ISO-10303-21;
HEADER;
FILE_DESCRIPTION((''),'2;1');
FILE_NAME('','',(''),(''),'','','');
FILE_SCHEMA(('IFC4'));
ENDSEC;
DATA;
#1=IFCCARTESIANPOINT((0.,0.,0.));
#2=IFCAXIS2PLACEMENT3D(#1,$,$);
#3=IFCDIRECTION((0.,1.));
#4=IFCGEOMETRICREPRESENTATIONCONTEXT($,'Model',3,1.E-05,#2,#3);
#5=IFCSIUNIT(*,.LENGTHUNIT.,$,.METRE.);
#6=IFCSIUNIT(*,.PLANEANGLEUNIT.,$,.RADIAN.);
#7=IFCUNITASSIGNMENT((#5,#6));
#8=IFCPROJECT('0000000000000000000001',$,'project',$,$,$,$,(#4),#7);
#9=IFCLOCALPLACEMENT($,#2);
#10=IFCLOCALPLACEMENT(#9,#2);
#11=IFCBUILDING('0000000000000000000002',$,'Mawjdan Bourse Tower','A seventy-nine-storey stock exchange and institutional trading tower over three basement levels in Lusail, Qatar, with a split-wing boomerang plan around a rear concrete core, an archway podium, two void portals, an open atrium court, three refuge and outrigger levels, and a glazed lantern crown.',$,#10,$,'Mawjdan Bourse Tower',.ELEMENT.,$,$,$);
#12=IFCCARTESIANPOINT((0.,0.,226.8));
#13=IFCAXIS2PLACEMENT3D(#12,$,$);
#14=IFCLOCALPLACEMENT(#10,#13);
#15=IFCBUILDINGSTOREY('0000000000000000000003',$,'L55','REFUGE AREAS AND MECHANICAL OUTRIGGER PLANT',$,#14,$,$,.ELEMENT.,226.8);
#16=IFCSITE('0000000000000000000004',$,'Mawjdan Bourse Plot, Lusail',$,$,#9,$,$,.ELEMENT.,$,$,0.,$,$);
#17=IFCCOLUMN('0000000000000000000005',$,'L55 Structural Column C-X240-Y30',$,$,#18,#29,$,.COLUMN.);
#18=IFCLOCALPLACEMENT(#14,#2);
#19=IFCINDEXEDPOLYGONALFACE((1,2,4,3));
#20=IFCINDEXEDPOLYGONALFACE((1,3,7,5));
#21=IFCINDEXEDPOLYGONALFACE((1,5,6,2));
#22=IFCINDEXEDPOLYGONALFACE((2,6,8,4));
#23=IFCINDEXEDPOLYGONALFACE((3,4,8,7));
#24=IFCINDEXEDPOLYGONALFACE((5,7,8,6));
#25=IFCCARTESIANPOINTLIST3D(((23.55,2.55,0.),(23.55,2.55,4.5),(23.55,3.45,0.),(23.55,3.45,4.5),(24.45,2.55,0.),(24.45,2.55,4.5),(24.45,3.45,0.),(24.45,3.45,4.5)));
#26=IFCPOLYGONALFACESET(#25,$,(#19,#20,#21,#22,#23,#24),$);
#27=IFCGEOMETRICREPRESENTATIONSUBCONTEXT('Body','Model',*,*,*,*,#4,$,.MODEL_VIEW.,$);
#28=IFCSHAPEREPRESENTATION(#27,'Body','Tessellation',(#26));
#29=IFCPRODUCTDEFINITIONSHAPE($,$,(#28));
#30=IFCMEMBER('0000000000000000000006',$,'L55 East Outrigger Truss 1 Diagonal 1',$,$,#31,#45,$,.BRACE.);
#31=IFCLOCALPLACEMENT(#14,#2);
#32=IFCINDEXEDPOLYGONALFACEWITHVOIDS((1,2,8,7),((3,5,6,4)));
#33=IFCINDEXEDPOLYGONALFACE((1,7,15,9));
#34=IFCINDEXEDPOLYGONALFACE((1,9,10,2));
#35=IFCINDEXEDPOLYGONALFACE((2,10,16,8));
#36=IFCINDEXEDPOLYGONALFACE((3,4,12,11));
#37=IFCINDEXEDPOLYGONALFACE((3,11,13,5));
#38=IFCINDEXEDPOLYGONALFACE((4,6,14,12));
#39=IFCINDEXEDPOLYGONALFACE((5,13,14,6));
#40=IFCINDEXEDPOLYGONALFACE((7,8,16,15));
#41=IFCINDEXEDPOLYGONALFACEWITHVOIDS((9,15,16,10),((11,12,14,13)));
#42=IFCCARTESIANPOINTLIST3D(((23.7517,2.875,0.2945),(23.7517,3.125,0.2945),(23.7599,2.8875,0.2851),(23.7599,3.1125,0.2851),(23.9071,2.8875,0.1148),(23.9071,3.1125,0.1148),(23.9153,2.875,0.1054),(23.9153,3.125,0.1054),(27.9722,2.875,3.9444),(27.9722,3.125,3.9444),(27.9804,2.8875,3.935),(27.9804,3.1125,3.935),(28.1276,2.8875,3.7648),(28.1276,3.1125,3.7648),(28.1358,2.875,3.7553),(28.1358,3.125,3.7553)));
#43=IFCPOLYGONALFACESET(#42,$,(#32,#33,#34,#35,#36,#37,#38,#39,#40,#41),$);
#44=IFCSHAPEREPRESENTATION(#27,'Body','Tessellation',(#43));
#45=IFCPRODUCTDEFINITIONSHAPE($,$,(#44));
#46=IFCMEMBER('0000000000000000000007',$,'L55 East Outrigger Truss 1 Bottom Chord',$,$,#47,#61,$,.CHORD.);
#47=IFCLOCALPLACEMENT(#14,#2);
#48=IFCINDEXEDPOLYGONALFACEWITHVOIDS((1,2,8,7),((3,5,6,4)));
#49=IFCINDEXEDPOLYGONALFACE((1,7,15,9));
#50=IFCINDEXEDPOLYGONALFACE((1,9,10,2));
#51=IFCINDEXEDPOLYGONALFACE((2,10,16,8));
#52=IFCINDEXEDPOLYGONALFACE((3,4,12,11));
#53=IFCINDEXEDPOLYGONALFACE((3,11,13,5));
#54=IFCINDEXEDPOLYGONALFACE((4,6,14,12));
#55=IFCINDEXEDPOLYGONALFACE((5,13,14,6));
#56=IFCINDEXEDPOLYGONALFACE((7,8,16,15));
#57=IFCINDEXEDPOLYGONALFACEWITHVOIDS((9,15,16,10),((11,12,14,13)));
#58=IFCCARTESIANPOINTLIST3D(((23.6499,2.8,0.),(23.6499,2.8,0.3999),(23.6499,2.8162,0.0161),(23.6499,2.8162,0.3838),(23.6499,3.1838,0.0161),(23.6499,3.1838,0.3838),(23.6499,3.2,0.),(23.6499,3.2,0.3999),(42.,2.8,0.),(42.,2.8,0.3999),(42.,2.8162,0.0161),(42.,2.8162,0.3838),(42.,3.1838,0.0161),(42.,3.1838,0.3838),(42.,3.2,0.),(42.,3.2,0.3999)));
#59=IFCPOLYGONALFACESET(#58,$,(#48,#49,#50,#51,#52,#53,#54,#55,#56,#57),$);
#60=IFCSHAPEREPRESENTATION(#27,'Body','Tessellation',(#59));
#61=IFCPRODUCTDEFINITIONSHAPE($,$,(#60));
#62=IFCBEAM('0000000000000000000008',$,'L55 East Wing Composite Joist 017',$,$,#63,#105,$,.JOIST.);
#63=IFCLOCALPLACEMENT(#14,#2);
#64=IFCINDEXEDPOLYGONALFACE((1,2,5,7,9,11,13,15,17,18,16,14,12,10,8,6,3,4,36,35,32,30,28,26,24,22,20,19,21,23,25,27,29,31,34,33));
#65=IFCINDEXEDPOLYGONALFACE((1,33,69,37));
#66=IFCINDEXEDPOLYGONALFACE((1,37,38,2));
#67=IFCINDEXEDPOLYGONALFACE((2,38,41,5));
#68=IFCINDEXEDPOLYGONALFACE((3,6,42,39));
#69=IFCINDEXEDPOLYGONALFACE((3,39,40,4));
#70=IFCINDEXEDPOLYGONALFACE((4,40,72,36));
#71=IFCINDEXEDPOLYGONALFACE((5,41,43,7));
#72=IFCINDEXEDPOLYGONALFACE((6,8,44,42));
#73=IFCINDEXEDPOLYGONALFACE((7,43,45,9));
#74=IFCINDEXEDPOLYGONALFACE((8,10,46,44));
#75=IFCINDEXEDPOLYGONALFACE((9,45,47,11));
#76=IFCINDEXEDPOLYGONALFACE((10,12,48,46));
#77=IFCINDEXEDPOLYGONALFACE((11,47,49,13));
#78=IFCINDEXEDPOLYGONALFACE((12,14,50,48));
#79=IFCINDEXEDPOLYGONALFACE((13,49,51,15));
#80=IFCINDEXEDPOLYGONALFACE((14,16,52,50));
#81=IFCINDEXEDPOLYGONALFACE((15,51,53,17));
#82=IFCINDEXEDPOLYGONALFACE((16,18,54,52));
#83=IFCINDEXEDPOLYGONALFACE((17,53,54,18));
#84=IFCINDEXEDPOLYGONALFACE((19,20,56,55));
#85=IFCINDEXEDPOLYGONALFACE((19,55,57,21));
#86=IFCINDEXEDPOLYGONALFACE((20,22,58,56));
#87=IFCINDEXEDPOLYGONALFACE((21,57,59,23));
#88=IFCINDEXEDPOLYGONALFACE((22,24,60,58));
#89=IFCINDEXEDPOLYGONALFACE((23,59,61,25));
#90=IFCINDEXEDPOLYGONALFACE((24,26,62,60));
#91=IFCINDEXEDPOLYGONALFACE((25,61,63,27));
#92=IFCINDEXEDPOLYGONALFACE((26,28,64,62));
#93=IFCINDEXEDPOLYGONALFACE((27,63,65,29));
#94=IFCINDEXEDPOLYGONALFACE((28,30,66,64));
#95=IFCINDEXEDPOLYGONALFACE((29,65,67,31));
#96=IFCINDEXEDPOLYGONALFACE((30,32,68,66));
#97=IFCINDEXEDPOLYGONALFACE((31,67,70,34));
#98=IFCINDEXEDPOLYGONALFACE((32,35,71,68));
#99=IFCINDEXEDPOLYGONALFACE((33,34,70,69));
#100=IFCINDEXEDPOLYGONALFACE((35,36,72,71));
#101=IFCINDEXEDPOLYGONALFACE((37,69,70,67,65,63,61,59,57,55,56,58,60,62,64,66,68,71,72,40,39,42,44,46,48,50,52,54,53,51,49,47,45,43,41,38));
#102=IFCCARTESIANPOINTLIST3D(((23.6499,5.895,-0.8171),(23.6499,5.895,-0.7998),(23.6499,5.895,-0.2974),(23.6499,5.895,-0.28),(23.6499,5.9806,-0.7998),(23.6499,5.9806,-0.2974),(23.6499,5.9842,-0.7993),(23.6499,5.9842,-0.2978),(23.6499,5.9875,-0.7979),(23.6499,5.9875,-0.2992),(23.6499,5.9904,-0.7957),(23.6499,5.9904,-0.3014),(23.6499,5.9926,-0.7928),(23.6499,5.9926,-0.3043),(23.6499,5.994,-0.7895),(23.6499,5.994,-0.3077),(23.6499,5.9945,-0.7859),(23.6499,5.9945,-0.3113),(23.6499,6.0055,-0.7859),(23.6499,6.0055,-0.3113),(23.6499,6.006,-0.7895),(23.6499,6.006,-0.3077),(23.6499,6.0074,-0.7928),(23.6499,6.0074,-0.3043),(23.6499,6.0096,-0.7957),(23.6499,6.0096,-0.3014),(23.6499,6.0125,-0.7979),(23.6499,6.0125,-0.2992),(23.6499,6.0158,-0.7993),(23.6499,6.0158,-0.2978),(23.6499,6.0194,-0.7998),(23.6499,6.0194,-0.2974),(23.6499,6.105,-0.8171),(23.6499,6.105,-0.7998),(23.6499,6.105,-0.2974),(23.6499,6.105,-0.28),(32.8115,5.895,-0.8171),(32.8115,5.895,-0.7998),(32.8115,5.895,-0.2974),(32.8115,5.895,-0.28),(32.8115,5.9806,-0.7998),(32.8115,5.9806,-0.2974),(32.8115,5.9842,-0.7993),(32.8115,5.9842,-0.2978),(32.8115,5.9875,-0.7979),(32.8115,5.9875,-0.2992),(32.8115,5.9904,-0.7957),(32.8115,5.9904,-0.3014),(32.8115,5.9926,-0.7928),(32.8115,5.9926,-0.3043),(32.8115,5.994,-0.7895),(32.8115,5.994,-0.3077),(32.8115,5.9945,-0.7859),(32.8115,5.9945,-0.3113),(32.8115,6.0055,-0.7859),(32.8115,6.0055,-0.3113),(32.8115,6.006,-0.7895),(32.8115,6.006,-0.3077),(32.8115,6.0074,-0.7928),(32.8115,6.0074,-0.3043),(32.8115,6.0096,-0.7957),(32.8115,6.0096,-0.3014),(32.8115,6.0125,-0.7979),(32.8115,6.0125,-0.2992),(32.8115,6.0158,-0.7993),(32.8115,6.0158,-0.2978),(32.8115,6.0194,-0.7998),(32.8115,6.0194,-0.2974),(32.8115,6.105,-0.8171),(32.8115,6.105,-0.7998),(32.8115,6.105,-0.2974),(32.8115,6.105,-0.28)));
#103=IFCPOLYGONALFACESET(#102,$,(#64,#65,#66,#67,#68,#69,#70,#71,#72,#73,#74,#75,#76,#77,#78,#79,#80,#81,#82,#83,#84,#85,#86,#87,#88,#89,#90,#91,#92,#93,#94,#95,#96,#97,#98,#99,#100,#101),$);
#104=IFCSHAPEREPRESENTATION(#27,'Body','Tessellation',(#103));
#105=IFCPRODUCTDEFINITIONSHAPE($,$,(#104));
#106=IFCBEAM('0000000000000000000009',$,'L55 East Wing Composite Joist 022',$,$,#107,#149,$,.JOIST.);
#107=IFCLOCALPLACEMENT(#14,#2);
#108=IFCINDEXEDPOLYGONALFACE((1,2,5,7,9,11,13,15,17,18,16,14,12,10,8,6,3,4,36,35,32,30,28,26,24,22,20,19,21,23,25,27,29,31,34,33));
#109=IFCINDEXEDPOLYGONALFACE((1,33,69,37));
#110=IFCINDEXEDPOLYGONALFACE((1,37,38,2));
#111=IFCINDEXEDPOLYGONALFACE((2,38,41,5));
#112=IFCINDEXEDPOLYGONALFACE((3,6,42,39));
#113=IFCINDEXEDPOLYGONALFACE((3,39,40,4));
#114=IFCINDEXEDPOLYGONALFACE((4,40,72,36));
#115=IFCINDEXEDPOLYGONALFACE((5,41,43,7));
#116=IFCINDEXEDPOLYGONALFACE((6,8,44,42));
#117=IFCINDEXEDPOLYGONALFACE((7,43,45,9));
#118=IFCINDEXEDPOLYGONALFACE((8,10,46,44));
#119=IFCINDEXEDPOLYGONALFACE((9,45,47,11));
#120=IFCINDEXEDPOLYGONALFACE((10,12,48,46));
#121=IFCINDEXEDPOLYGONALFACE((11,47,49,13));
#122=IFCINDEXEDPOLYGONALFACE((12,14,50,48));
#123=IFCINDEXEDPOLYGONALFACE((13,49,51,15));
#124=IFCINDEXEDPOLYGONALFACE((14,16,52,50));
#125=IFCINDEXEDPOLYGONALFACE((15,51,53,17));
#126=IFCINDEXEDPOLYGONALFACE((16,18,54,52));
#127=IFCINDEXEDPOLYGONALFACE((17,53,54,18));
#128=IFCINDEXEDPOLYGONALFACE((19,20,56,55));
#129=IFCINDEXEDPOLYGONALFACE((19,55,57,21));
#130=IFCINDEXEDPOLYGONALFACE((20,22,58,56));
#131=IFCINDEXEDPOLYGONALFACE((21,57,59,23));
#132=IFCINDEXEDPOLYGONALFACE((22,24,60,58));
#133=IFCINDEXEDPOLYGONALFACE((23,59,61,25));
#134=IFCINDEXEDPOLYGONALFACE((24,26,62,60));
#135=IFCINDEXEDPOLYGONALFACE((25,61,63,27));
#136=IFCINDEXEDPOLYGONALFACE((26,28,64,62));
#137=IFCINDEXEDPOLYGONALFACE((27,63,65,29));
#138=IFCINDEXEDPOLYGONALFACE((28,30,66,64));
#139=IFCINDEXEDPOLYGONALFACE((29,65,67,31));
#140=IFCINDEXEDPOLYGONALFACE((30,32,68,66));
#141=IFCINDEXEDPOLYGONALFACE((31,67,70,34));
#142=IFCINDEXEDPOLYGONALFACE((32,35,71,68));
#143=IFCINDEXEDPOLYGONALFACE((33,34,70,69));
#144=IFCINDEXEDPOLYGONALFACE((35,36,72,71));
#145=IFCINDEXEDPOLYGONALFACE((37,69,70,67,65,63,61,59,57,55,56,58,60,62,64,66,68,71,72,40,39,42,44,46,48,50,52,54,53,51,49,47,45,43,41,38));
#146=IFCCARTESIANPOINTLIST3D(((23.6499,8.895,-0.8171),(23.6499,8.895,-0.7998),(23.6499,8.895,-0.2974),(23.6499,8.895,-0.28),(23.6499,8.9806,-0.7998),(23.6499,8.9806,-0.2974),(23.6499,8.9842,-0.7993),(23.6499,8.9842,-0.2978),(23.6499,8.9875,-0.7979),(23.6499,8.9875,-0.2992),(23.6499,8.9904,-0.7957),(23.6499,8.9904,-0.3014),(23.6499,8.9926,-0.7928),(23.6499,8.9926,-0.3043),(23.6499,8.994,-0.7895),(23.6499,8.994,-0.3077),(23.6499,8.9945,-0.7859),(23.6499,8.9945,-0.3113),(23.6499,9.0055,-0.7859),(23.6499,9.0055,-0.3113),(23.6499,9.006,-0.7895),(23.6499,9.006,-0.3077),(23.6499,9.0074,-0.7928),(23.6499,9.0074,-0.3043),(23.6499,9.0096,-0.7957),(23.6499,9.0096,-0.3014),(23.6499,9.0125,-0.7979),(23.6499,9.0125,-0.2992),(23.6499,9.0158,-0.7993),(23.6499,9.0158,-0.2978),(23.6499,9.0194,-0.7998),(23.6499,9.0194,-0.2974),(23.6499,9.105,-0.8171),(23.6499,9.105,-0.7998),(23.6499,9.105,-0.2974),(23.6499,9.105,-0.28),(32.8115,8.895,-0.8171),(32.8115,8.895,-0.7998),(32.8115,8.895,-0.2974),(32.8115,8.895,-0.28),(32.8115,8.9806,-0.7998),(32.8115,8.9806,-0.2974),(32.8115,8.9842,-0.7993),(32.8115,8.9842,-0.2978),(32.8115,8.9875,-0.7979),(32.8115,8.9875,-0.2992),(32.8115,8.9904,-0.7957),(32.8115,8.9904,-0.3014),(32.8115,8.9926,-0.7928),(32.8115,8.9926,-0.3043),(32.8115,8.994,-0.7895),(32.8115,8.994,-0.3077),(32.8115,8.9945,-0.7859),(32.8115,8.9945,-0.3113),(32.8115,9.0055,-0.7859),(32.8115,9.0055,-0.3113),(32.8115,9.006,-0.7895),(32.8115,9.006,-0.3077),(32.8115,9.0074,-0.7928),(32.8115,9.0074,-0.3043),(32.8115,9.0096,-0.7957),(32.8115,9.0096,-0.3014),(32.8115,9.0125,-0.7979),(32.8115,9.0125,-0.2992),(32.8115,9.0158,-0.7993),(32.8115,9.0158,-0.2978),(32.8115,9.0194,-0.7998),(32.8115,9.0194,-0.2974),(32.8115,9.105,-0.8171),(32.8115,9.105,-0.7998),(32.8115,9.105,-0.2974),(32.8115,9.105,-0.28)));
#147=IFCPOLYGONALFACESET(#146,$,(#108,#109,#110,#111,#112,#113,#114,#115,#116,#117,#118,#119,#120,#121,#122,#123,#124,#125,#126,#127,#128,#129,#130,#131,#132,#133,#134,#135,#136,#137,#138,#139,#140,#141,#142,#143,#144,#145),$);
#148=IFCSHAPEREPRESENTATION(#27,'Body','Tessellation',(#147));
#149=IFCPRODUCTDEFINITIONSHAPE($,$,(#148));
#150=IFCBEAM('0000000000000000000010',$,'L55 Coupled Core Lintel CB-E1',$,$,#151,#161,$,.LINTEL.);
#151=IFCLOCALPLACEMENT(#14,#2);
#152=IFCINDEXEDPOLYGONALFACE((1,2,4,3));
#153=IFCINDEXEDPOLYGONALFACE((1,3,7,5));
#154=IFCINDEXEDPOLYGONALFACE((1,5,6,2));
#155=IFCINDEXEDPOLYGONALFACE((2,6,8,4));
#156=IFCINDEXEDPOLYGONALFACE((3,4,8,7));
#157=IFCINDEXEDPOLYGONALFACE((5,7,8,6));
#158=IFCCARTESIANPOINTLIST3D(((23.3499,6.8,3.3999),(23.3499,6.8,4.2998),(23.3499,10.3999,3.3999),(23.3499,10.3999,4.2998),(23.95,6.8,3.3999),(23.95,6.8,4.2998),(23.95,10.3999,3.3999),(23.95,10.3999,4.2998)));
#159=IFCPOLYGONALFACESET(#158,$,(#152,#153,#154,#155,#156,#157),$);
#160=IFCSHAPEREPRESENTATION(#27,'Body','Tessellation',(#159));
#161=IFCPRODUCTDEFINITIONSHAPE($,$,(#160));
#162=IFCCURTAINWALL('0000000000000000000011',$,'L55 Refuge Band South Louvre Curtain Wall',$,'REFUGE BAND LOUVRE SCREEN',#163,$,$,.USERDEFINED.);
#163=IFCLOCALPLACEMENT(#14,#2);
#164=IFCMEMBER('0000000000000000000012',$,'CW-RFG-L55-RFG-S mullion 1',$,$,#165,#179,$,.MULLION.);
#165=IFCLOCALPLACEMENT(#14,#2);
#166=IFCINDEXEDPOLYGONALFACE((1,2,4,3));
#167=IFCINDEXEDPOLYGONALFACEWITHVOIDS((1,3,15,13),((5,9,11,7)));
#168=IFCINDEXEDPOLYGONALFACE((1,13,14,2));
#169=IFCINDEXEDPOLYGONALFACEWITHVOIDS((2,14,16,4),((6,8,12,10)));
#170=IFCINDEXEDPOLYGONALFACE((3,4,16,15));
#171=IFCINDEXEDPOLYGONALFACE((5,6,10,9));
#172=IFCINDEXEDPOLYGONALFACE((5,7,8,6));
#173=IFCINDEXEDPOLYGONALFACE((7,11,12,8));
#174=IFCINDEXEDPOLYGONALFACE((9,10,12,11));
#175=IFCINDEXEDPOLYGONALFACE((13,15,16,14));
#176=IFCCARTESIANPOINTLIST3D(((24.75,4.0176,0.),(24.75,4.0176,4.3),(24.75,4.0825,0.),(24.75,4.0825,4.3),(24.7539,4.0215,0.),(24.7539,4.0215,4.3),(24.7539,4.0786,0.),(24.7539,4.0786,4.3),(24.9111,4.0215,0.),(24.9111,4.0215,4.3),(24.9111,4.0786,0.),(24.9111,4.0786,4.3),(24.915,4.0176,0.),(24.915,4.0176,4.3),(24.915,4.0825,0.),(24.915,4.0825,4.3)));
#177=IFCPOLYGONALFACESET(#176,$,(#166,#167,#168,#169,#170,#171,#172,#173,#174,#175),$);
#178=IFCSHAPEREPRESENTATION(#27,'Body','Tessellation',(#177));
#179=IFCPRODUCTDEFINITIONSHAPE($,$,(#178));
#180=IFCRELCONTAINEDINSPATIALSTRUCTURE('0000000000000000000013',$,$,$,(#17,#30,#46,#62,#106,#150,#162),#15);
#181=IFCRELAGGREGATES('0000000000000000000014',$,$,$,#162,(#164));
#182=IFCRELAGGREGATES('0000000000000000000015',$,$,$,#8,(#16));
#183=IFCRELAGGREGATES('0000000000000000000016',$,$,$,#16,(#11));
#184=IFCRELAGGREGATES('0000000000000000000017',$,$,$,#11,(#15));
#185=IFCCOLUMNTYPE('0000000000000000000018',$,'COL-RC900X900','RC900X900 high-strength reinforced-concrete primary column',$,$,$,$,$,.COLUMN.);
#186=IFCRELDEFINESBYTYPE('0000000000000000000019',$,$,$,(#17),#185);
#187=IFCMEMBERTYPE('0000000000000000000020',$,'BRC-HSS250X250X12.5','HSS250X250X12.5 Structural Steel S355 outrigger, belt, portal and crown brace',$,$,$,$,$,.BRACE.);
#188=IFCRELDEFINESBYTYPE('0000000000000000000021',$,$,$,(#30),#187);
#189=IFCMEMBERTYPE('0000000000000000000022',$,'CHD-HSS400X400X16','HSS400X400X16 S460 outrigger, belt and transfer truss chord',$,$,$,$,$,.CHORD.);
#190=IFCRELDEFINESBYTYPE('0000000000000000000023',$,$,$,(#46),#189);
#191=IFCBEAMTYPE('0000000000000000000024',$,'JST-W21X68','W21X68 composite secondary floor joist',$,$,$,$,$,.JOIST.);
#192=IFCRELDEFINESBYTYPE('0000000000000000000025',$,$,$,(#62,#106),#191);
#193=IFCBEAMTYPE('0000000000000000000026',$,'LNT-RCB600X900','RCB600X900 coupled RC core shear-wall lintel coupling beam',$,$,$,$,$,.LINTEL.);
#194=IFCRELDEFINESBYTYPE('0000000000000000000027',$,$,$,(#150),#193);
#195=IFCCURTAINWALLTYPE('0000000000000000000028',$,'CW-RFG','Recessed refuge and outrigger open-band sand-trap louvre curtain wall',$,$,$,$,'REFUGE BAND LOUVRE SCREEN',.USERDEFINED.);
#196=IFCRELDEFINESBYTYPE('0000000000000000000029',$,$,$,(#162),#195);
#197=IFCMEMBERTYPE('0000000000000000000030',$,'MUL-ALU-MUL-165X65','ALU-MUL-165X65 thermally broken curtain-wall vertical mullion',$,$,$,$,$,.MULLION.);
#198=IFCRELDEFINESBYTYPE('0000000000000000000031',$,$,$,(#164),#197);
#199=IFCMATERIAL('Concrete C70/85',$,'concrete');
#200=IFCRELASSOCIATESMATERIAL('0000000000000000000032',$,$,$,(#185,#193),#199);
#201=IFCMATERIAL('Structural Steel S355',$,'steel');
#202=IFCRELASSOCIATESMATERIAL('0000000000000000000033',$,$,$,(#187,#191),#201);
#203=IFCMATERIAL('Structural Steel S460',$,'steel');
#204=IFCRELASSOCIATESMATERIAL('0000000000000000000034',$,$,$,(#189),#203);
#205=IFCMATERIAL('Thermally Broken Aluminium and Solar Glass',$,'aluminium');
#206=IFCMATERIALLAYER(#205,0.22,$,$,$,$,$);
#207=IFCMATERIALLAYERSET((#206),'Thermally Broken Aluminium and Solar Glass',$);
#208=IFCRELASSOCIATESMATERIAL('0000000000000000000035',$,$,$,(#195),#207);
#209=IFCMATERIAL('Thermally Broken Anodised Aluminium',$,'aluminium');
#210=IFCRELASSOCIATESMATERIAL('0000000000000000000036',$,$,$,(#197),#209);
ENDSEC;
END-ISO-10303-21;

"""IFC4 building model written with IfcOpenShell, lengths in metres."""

from ifc_helpers import new_model, si_unit, direction, frame, origin, origin_2d, place, context, subcontext, project, spatial, rectangle, hollow_rectangle, i_section, extrude, material, layer, layer_set, material_profile, profile_set, type_object, element, aggregate, save


model = new_model("IFC4")

# Units and contexts
model_context = context("Model", 3, precision=1e-05, world=origin(), true_north=direction((0.0, 1.0)))
body_context = subcontext(model_context, "Body", "Model", "MODEL_VIEW")
ifc_project = project(units=[si_unit("LENGTHUNIT", "METRE"), si_unit("PLANEANGLEUNIT", "RADIAN")], contexts=[model_context])

# Site, building, storey
site_placement = place(None, origin())
site = spatial("IfcSite", under=ifc_project, at=site_placement, Name="Mawjdan Bourse Plot, Lusail", CompositionType="ELEMENT", RefElevation=0.0)
building_placement = place(site_placement, origin())
building = spatial("IfcBuilding", under=site, at=building_placement, Name="Mawjdan Bourse Tower", Description="A seventy-nine-storey stock exchange and institutional trading tower over three basement levels in Lusail, Qatar, with a split-wing boomerang plan around a rear concrete core, an archway podium, two void portals, an open atrium court, three refuge and outrigger levels, and a glazed lantern crown.", LongName="Mawjdan Bourse Tower", CompositionType="ELEMENT")
storey_placement = place(building_placement, frame((0.0, 0.0, 226.8)))
storey = spatial("IfcBuildingStorey", under=building, at=storey_placement, Name="L55", Description="REFUGE AREAS AND MECHANICAL OUTRIGGER PLANT", CompositionType="ELEMENT", Elevation=226.8)

# Column
ifc_material_1 = material(Name="Concrete C70/85", Category="concrete")
ifc_material_profile_1 = material_profile(ifc_material_1, rectangle(XDim=0.8999, YDim=0.8999, at=origin_2d()), Name="RC900X900")
ifc_profile_set_1 = profile_set([ifc_material_profile_1], Name="Concrete C70/85")
column_type = type_object("IfcColumnType", Name="COL-RC900X900", Description="RC900X900 high-strength reinforced-concrete primary column", PredefinedType="COLUMN", material=ifc_profile_set_1)
column_placement = place(storey_placement, frame((24.0, 3.0, 0.0), z_axis=(0.0, 0.0, 1.0), x_axis=(1.0, 0.0, 0.0)))
element("IfcColumn", 1, at=column_placement, inside=storey, type_object=column_type, Name="L55 Structural Column C-X240-Y30", PredefinedType="COLUMN", context=body_context, shape_type="SweptSolid", body=[
    extrude(rectangle(XDim=0.8999, YDim=0.8999, at=origin_2d()), origin(), (0.0, 0.0, 1.0), 4.5),
])

# Members
ifc_material_2 = material(Name="Structural Steel S355", Category="steel")
ifc_material_profile_2 = material_profile(ifc_material_2, hollow_rectangle(XDim=0.25, YDim=0.25, WallThickness=0.0125, at=origin_2d()), Name="HSS250X250X12.5")
ifc_profile_set_2 = profile_set([ifc_material_profile_2], Name="Structural Steel S355")
member_type_1 = type_object("IfcMemberType", Name="BRC-HSS250X250X12.5", Description="HSS250X250X12.5 Structural Steel S355 outrigger, belt, portal and crown brace", PredefinedType="BRACE", material=ifc_profile_set_2)
member_1_placement = place(storey_placement, frame((23.8335, 3.0, 0.2), z_axis=(0.756383, 0.0, 0.654129), x_axis=(0.0, 1.0, 0.0)))
element("IfcMember", 2, at=member_1_placement, inside=storey, type_object=member_type_1, Name="L55 East Outrigger Truss 1 Diagonal 1", PredefinedType="BRACE", context=body_context, shape_type="SweptSolid", body=[
    extrude(hollow_rectangle(XDim=0.25, YDim=0.25, WallThickness=0.0125, at=origin_2d()), origin(), (0.0, 0.0, 1.0), 5.5798),
])
ifc_material_3 = material(Name="Structural Steel S460", Category="steel")
ifc_material_profile_3 = material_profile(ifc_material_3, hollow_rectangle(XDim=0.3999, YDim=0.3999, WallThickness=0.0161, at=origin_2d()), Name="HSS400X400X16")
ifc_profile_set_3 = profile_set([ifc_material_profile_3], Name="Structural Steel S460")
member_type_2 = type_object("IfcMemberType", Name="CHD-HSS400X400X16", Description="HSS400X400X16 S460 outrigger, belt and transfer truss chord", PredefinedType="CHORD", material=ifc_profile_set_3)
member_2_placement = place(storey_placement, frame((23.6499, 3.0, 0.2), z_axis=(1.0, 0.0, 0.0), x_axis=(0.0, 1.0, 0.0)))
element("IfcMember", 3, at=member_2_placement, inside=storey, type_object=member_type_2, Name="L55 East Outrigger Truss 1 Bottom Chord", PredefinedType="CHORD", context=body_context, shape_type="SweptSolid", body=[
    extrude(hollow_rectangle(XDim=0.3999, YDim=0.3999, WallThickness=0.0161, at=origin_2d()), origin(), (0.0, 0.0, 1.0), 18.3501),
])

# Beams
ifc_material_profile_4 = material_profile(ifc_material_2, i_section(OverallWidth=0.21, OverallDepth=0.5371, WebThickness=0.011, FlangeThickness=0.0173, FilletRadius=0.0139, at=origin_2d()), Name="W21X68")
ifc_profile_set_4 = profile_set([ifc_material_profile_4], Name="Structural Steel S355")
beam_type_1 = type_object("IfcBeamType", Name="JST-W21X68", Description="W21X68 composite secondary floor joist", PredefinedType="JOIST", material=ifc_profile_set_4)
for number, where, z_axis, x_axis, name in (
    (4, (23.6499, 6.0, -0.5486), (1.0, 0.0, 0.0), (0.0, 1.0, 0.0), "L55 East Wing Composite Joist 017"),
    (5, (23.6499, 9.0, -0.5486), (1.0, 0.0, 0.0), (0.0, 1.0, 0.0), "L55 East Wing Composite Joist 022"),
):
    element("IfcBeam", number, at=place(storey_placement, frame(where, z_axis=z_axis, x_axis=x_axis)), inside=storey, type_object=beam_type_1, Name=name, PredefinedType="JOIST", context=body_context, shape_type="SweptSolid", body=[
        extrude(i_section(OverallWidth=0.21, OverallDepth=0.5371, WebThickness=0.011, FlangeThickness=0.0173, FilletRadius=0.0139, at=origin_2d()), origin(), (0.0, 0.0, 1.0), 9.1616),
    ])
ifc_material_profile_5 = material_profile(ifc_material_1, rectangle(XDim=0.6001, YDim=0.8999, at=origin_2d()), Name="RCB600X900")
ifc_profile_set_5 = profile_set([ifc_material_profile_5], Name="Concrete C70/85")
beam_type_2 = type_object("IfcBeamType", Name="LNT-RCB600X900", Description="RCB600X900 coupled RC core shear-wall lintel coupling beam", PredefinedType="LINTEL", material=ifc_profile_set_5)
beam_1_placement = place(storey_placement, frame((23.6499, 6.8, 3.8499), z_axis=(0.0, 1.0, 0.0), x_axis=(-1.0, 0.0, 0.0)))
element("IfcBeam", 6, at=beam_1_placement, inside=storey, type_object=beam_type_2, Name="L55 Coupled Core Lintel CB-E1", PredefinedType="LINTEL", context=body_context, shape_type="SweptSolid", body=[
    extrude(rectangle(XDim=0.6001, YDim=0.8999, at=origin_2d()), origin(), (0.0, 0.0, 1.0), 3.5999),
])

# Curtain wall, member
ifc_material_4 = material(Name="Thermally Broken Aluminium and Solar Glass", Category="aluminium")
ifc_layer_1 = layer(ifc_material_4, 0.22)
ifc_layer_set_1 = layer_set([ifc_layer_1], Name="Thermally Broken Aluminium and Solar Glass")
curtain_wall_type = type_object("IfcCurtainWallType", Name="CW-RFG", Description="Recessed refuge and outrigger open-band sand-trap louvre curtain wall", ElementType="REFUGE BAND LOUVRE SCREEN", PredefinedType="USERDEFINED", material=ifc_layer_set_1)
curtain_wall_placement = place(storey_placement, origin())
curtain_wall = element("IfcCurtainWall", 7, at=curtain_wall_placement, inside=storey, type_object=curtain_wall_type, Name="L55 Refuge Band South Louvre Curtain Wall", ObjectType="REFUGE BAND LOUVRE SCREEN", PredefinedType="USERDEFINED")
ifc_material_5 = material(Name="Thermally Broken Anodised Aluminium", Category="aluminium")
ifc_material_profile_6 = material_profile(ifc_material_5, hollow_rectangle(XDim=0.0649, YDim=0.165, WallThickness=0.0039, at=origin_2d()), Name="ALU-MUL-165X65")
ifc_profile_set_6 = profile_set([ifc_material_profile_6], Name="Thermally Broken Anodised Aluminium")
member_type_3 = type_object("IfcMemberType", Name="MUL-ALU-MUL-165X65", Description="ALU-MUL-165X65 thermally broken curtain-wall vertical mullion", PredefinedType="MULLION", material=ifc_profile_set_6)
member_3_placement = place(storey_placement, frame((24.8325, 4.05, 0.0), z_axis=(0.0, 0.0, 1.0), x_axis=(0.0, 1.0, 0.0)))
member_3 = element("IfcMember", 8, at=member_3_placement, type_object=member_type_3, Name="CW-RFG-L55-RFG-S mullion 1", PredefinedType="MULLION", context=body_context, shape_type="SweptSolid", body=[
    extrude(hollow_rectangle(XDim=0.0649, YDim=0.165, WallThickness=0.0039, at=origin_2d()), origin(), (0.0, 0.0, 1.0), 4.3),
])

aggregate(curtain_wall, [member_3])

save(model, "model.ifc")
